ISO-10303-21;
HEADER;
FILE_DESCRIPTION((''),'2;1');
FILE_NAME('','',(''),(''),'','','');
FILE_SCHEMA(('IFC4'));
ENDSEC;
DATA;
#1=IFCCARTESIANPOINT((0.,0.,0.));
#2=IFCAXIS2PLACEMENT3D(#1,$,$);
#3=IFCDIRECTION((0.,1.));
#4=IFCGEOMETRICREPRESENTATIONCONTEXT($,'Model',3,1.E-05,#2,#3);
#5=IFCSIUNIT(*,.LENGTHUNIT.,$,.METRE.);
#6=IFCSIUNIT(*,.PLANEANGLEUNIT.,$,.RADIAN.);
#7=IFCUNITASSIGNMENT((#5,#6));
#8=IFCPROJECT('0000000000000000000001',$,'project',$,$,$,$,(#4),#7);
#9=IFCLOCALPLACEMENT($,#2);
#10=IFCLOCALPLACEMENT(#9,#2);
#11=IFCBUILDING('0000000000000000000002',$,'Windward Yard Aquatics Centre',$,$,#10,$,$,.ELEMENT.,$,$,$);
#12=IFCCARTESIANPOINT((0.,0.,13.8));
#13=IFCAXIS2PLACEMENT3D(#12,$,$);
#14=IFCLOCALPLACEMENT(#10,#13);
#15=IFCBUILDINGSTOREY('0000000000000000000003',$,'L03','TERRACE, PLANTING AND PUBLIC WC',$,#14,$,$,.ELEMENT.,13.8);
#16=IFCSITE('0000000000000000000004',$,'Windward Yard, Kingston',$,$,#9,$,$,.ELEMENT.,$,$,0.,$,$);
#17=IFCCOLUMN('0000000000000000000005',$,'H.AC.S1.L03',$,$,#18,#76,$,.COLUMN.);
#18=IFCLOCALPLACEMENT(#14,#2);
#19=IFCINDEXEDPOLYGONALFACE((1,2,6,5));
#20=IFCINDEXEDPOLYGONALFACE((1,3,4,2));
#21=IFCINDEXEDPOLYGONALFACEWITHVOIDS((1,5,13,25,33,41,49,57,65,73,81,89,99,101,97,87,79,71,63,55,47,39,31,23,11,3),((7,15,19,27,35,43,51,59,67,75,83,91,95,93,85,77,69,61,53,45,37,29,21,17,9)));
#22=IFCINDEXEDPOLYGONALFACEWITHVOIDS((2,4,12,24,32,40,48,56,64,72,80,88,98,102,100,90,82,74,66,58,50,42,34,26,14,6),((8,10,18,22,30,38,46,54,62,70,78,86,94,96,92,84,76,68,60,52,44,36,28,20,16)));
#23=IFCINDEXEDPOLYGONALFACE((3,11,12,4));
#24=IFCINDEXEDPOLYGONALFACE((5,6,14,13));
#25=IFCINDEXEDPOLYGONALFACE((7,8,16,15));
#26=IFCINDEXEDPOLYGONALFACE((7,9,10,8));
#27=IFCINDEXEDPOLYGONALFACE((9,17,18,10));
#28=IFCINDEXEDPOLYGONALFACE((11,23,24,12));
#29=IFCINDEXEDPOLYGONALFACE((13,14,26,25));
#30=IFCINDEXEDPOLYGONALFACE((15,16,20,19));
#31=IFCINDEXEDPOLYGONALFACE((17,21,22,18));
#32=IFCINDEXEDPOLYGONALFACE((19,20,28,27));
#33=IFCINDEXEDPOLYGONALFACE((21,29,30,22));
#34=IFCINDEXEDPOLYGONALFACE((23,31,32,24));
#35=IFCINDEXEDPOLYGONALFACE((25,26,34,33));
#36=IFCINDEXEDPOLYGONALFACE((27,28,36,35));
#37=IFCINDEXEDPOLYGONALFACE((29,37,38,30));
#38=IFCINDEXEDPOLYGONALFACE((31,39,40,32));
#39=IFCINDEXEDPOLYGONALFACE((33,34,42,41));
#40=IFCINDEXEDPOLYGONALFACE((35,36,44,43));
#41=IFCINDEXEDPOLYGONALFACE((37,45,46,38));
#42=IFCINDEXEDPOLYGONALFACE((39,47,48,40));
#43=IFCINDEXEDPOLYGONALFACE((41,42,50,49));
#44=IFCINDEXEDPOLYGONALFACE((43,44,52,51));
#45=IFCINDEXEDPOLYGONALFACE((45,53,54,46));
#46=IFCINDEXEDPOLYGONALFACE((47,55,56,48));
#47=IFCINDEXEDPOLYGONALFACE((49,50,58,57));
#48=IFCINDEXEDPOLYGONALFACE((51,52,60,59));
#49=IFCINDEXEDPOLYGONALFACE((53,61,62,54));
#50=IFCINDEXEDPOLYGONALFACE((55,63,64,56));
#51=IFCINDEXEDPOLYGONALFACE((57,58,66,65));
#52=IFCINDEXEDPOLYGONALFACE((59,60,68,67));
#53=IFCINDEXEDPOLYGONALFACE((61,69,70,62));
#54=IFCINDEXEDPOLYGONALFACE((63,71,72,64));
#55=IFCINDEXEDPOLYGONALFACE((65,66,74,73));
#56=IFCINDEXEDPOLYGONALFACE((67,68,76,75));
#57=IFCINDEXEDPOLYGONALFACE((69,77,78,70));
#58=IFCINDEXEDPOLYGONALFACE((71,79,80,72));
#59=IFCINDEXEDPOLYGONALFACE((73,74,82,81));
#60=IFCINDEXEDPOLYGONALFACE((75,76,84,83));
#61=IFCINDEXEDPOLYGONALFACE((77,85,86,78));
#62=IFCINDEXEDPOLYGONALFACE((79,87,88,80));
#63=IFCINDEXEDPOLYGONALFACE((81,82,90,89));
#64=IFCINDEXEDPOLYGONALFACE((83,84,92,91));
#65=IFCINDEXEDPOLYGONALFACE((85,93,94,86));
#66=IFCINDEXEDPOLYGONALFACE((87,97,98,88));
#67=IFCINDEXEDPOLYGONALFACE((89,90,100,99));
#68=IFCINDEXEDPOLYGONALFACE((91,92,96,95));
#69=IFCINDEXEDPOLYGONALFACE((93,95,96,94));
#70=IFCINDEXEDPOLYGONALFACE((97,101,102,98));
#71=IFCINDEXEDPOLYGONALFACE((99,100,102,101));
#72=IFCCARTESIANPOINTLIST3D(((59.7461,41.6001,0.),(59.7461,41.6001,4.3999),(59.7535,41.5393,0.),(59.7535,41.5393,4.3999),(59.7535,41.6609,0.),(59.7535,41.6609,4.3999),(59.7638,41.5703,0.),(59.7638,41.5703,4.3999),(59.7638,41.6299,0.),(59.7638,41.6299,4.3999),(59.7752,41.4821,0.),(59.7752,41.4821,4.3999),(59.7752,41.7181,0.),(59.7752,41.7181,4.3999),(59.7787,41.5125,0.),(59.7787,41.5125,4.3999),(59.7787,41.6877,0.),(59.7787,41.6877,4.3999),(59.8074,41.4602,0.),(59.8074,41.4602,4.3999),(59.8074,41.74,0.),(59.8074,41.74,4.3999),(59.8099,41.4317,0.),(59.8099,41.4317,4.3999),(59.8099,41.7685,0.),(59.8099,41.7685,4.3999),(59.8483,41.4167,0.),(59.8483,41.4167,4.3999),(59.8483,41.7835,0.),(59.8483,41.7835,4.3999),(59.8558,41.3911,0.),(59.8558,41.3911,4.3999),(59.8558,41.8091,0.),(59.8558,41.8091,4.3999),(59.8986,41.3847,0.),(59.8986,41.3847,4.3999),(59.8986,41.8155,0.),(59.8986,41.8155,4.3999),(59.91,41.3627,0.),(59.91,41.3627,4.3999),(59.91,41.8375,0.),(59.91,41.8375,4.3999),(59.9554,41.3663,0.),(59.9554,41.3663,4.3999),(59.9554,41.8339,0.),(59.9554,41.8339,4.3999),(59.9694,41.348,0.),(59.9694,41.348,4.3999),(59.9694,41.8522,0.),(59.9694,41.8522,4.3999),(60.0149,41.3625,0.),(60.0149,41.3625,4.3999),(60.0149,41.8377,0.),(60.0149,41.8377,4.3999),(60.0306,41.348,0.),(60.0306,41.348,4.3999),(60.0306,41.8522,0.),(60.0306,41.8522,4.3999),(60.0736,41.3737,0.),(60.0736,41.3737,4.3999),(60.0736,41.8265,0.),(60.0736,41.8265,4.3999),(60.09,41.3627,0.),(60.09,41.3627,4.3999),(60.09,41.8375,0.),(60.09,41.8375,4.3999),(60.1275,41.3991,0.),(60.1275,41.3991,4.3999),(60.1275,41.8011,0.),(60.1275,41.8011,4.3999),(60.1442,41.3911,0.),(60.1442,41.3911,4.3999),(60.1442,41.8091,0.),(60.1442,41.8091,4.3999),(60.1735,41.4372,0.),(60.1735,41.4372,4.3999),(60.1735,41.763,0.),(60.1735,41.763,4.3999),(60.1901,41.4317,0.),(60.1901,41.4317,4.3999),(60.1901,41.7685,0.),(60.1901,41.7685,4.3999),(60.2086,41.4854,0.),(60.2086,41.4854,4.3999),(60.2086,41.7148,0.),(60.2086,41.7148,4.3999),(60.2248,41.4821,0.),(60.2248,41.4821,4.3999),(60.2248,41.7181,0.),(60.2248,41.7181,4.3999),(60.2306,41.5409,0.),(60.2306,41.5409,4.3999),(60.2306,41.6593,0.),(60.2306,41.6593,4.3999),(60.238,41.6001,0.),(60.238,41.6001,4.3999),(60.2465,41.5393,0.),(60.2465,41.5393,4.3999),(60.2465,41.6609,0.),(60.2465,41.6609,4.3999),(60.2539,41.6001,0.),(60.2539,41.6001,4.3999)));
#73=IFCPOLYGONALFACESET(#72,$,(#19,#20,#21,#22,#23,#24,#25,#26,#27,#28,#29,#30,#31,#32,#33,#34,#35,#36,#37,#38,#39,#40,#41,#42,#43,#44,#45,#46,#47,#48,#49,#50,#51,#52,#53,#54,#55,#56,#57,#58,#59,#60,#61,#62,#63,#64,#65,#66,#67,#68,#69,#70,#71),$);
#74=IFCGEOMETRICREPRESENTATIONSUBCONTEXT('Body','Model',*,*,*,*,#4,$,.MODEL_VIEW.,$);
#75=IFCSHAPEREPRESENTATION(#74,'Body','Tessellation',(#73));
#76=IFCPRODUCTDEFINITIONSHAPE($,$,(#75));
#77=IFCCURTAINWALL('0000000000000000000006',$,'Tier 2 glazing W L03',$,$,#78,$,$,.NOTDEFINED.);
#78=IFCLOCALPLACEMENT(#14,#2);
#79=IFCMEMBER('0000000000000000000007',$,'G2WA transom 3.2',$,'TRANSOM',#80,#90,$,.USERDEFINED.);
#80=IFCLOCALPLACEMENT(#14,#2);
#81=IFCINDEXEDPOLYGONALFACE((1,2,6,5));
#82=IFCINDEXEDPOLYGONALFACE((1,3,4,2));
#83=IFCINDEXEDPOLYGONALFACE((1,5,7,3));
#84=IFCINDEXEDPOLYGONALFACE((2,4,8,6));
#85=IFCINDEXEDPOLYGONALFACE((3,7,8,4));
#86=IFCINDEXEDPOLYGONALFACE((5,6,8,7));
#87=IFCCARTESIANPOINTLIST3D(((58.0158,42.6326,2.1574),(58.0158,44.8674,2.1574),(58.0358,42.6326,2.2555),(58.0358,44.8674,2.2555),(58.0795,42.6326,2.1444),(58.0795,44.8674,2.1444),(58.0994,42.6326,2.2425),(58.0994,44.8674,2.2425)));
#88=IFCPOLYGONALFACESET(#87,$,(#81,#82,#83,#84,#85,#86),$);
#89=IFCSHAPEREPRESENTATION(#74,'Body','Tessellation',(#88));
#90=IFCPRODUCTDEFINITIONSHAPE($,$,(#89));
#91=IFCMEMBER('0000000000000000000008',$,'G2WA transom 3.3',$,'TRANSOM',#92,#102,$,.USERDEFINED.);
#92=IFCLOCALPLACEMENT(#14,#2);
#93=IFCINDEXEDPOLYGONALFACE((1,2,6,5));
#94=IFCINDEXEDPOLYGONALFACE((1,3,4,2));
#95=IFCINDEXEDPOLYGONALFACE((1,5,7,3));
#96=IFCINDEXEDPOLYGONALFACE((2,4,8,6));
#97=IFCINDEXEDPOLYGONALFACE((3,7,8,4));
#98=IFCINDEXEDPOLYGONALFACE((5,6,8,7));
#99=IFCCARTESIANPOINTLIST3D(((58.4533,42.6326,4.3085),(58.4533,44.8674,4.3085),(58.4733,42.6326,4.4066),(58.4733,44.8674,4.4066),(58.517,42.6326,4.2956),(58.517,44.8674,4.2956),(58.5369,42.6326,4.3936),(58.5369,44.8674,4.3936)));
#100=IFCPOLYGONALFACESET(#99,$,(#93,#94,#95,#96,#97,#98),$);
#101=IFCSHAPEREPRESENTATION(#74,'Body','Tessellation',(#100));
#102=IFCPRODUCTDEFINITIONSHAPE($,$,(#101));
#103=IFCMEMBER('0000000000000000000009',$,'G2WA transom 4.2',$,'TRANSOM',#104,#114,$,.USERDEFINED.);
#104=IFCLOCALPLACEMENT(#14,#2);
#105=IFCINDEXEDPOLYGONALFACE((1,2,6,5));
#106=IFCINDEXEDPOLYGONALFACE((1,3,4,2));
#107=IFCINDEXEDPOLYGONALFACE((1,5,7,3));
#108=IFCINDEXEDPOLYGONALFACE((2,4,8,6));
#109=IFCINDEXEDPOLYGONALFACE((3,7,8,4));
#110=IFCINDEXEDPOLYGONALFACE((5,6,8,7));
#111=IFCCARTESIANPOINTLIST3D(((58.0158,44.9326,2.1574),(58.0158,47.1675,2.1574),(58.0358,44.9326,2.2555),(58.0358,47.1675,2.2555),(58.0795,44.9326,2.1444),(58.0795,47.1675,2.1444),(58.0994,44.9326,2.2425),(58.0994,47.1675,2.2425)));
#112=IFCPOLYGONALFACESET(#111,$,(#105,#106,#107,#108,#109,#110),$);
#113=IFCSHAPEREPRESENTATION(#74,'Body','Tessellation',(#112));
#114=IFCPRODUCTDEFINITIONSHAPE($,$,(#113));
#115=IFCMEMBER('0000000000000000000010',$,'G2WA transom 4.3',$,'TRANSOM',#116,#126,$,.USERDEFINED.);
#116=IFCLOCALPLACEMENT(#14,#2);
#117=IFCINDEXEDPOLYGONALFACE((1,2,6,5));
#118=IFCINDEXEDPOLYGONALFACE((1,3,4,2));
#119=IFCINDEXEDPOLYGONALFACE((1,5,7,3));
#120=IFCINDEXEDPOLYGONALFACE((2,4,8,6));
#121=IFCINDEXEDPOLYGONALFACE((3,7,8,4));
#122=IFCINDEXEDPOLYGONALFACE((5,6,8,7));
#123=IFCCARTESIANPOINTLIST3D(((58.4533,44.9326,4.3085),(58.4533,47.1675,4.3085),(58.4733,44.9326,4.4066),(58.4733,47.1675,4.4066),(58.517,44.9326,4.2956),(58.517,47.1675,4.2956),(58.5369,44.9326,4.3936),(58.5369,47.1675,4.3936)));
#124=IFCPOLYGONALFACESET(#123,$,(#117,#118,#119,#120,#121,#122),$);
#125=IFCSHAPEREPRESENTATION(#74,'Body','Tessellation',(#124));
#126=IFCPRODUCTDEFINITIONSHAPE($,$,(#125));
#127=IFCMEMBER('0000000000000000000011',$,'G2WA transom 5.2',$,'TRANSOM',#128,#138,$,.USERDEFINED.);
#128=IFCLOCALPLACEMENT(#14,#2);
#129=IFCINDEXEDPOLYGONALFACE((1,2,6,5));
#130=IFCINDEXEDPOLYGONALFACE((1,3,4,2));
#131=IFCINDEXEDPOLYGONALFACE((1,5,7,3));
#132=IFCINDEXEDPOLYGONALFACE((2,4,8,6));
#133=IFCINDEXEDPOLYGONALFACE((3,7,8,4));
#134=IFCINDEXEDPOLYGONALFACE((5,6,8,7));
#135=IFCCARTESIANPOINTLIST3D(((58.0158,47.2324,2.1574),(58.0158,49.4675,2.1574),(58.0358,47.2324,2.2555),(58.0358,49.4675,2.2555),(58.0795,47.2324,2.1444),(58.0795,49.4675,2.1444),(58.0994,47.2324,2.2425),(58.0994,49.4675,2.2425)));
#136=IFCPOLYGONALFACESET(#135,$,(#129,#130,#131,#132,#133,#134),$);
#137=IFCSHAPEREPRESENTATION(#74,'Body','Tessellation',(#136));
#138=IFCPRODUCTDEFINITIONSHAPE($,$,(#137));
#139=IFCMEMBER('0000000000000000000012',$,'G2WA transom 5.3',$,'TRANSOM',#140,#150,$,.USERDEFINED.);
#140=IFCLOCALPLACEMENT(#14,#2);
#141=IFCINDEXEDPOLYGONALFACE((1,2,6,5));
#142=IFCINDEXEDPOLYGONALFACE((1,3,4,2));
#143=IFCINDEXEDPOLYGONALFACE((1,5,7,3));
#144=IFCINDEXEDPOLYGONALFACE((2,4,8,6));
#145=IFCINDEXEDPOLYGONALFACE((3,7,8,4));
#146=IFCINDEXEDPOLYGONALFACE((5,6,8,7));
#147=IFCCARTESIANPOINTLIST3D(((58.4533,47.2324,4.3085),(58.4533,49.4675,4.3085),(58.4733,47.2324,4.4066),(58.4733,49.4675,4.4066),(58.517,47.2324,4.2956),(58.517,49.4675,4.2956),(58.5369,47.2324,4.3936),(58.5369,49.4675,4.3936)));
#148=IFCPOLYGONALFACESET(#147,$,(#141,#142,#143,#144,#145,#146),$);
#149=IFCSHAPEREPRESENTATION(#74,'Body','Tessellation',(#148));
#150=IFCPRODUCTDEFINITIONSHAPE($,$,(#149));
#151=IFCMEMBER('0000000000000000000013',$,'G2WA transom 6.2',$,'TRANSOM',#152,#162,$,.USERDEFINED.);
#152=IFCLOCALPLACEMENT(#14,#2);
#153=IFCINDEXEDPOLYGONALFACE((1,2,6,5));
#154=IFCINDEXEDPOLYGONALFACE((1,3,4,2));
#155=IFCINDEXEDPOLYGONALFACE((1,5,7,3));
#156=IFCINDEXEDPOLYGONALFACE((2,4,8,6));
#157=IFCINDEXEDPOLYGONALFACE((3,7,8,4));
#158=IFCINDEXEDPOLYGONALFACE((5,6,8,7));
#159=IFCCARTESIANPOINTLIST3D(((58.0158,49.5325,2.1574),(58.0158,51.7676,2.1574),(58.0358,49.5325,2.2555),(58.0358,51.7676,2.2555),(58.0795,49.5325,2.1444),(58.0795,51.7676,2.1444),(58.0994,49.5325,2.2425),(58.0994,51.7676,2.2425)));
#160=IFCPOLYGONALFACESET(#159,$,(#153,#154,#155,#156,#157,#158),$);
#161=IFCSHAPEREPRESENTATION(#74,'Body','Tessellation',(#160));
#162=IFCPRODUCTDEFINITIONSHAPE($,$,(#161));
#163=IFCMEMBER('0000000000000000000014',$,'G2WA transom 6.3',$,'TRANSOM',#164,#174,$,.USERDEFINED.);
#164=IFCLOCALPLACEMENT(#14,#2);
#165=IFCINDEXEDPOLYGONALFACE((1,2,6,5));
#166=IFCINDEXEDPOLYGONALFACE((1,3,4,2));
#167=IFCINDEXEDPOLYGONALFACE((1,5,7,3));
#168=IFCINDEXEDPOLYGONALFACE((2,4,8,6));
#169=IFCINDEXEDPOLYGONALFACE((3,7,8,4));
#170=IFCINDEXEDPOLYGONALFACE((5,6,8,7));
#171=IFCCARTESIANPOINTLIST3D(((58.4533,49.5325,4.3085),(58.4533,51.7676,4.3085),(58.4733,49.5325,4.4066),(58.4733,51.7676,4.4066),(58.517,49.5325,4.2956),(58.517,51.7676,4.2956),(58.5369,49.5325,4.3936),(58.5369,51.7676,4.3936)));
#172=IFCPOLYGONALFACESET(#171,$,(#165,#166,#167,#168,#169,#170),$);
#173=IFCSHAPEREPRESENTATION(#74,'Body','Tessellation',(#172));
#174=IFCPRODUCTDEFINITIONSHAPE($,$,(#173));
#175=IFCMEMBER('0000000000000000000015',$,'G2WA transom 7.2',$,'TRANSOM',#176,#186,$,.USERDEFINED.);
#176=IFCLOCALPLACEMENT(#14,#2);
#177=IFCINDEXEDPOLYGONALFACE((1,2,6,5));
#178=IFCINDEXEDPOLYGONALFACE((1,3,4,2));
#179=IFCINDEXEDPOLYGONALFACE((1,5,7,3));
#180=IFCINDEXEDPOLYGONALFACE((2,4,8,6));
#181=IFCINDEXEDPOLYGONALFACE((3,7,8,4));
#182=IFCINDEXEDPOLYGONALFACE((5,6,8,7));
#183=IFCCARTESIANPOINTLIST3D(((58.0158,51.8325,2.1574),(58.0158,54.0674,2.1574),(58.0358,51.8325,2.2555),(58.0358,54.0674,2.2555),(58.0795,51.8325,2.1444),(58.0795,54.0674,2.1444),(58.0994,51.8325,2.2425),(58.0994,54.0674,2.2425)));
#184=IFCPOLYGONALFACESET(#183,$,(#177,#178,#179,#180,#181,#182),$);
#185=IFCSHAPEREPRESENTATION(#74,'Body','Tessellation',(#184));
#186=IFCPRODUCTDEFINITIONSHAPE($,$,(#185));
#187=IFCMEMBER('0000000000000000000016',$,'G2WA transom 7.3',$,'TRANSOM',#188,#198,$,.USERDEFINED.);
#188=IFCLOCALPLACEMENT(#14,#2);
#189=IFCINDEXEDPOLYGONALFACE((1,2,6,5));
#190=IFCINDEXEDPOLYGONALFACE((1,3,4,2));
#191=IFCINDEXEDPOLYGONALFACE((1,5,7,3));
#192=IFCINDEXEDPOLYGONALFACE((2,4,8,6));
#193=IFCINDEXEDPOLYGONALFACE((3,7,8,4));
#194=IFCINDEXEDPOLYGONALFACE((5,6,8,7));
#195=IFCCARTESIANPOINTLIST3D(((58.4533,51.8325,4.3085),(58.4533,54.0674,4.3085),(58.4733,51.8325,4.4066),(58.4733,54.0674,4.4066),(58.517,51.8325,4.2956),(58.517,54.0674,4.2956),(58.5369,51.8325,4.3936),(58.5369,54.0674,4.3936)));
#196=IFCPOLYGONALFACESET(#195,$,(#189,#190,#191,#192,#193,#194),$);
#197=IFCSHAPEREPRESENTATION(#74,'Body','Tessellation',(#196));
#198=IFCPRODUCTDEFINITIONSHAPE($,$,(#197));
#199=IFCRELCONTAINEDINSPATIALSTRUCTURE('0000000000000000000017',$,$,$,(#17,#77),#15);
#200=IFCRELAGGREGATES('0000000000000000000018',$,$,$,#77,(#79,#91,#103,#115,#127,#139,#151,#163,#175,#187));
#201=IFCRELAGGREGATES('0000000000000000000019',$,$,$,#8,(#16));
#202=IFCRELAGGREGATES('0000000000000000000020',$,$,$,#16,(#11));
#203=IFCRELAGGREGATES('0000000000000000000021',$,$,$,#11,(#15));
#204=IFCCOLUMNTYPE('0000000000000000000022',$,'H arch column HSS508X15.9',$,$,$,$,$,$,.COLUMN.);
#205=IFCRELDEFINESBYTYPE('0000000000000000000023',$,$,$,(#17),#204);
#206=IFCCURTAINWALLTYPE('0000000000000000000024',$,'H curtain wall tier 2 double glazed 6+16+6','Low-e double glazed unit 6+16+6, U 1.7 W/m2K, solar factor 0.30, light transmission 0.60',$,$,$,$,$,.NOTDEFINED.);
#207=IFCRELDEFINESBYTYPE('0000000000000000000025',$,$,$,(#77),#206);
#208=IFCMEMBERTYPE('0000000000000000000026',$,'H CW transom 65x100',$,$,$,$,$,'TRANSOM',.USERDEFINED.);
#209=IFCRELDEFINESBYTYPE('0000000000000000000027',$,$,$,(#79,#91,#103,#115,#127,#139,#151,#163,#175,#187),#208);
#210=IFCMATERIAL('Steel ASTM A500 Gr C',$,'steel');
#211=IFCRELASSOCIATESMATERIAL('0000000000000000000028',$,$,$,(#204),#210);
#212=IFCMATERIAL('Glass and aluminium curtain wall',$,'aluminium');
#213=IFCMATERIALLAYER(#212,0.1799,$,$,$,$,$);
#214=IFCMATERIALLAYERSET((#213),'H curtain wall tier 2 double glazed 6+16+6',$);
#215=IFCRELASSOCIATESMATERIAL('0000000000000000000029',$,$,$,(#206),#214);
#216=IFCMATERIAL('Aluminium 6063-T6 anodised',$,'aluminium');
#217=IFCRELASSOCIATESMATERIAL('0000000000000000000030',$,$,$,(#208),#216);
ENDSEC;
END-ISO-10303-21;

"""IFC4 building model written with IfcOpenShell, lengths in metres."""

from ifc_helpers import new_model, si_unit, direction, frame, origin, origin_2d, place, context, subcontext, project, spatial, rectangle, hollow_circle, extrude, material, layer, layer_set, material_profile, profile_set, type_object, element, aggregate, save


model = new_model("IFC4")

# Units and contexts
model_context = context("Model", 3, precision=1e-05, world=origin(), true_north=direction((0.0, 1.0)))
body_context = subcontext(model_context, "Body", "Model", "MODEL_VIEW")
ifc_project = project(units=[si_unit("LENGTHUNIT", "METRE"), si_unit("PLANEANGLEUNIT", "RADIAN")], contexts=[model_context])

# Site, building, storey
site_placement = place(None, origin())
site = spatial("IfcSite", under=ifc_project, at=site_placement, Name="Windward Yard, Kingston", CompositionType="ELEMENT", RefElevation=0.0)
building_placement = place(site_placement, origin())
building = spatial("IfcBuilding", under=site, at=building_placement, Name="Windward Yard Aquatics Centre", CompositionType="ELEMENT")
storey_placement = place(building_placement, frame((0.0, 0.0, 13.8)))
storey = spatial("IfcBuildingStorey", under=building, at=storey_placement, Name="L03", Description="TERRACE, PLANTING AND PUBLIC WC", CompositionType="ELEMENT", Elevation=13.8)

# Column
ifc_material_1 = material(Name="Steel ASTM A500 Gr C", Category="steel")
ifc_material_profile_1 = material_profile(ifc_material_1, hollow_circle(Radius=0.2539, WallThickness=0.0159, at=origin_2d()), Name="HSS508X15.9")
ifc_profile_set_1 = profile_set([ifc_material_profile_1], Name="Steel ASTM A500 Gr C")
column_type = type_object("IfcColumnType", Name="H arch column HSS508X15.9", PredefinedType="COLUMN", material=ifc_profile_set_1)
column_placement = place(storey_placement, frame((60.0, 41.6001, 0.0), z_axis=(0.0, 0.0, 1.0), x_axis=(1.0, 0.0, 0.0)))
element("IfcColumn", 1, at=column_placement, inside=storey, type_object=column_type, Name="H.AC.S1.L03", PredefinedType="COLUMN", context=body_context, shape_type="SweptSolid", body=[
    extrude(hollow_circle(Radius=0.2539, WallThickness=0.0159, at=origin_2d()), origin(), (0.0, 0.0, 1.0), 4.3999),
])

# Curtain wall, members
ifc_material_2 = material(Name="Glass and aluminium curtain wall", Category="aluminium")
ifc_layer_1 = layer(ifc_material_2, 0.1799)
ifc_layer_set_1 = layer_set([ifc_layer_1], Name="H curtain wall tier 2 double glazed 6+16+6")
curtain_wall_type = type_object("IfcCurtainWallType", Name="H curtain wall tier 2 double glazed 6+16+6", Description="Low-e double glazed unit 6+16+6, U 1.7 W/m2K, solar factor 0.30, light transmission 0.60", PredefinedType="NOTDEFINED", material=ifc_layer_set_1)
curtain_wall_placement = place(storey_placement, origin())
curtain_wall = element("IfcCurtainWall", 2, at=curtain_wall_placement, inside=storey, type_object=curtain_wall_type, Name="Tier 2 glazing W L03", PredefinedType="NOTDEFINED")
ifc_material_3 = material(Name="Aluminium 6063-T6 anodised", Category="aluminium")
ifc_material_profile_2 = material_profile(ifc_material_3, rectangle(XDim=0.0649, YDim=0.1001, at=origin_2d()), Name="H CW transom 65x100")
ifc_profile_set_2 = profile_set([ifc_material_profile_2], Name="Aluminium 6063-T6 anodised")
member_type_1 = type_object("IfcMemberType", Name="H CW transom 65x100", ElementType="TRANSOM", PredefinedType="USERDEFINED", material=ifc_profile_set_2)
member_1_placement = place(storey_placement, frame((58.0576, 42.6326, 2.2), z_axis=(0.0, 1.0, 0.0), x_axis=(-0.979925, 0.0, 0.199368)))
member_1 = element("IfcMember", 3, at=member_1_placement, type_object=member_type_1, Name="G2WA transom 3.2", ObjectType="TRANSOM", PredefinedType="USERDEFINED", context=body_context, shape_type="SweptSolid", body=[
    extrude(rectangle(XDim=0.0649, YDim=0.1001, at=origin_2d()), origin(), (0.0, 0.0, 1.0), 2.2349),
])
member_2_placement = place(storey_placement, frame((58.4951, 42.6326, 4.3511), z_axis=(0.0, 1.0, 0.0), x_axis=(-0.979925, 0.0, 0.199368)))
member_2 = element("IfcMember", 4, at=member_2_placement, type_object=member_type_1, Name="G2WA transom 3.3", ObjectType="TRANSOM", PredefinedType="USERDEFINED", context=body_context, shape_type="SweptSolid", body=[
    extrude(rectangle(XDim=0.0649, YDim=0.1001, at=origin_2d()), origin(), (0.0, 0.0, 1.0), 2.2349),
])
member_3_placement = place(storey_placement, frame((58.0576, 44.9326, 2.2), z_axis=(0.0, 1.0, 0.0), x_axis=(-0.979925, 0.0, 0.199368)))
member_3 = element("IfcMember", 5, at=member_3_placement, type_object=member_type_1, Name="G2WA transom 4.2", ObjectType="TRANSOM", PredefinedType="USERDEFINED", context=body_context, shape_type="SweptSolid", body=[
    extrude(rectangle(XDim=0.0649, YDim=0.1001, at=origin_2d()), origin(), (0.0, 0.0, 1.0), 2.2349),
])
member_4_placement = place(storey_placement, frame((58.4951, 44.9326, 4.3511), z_axis=(0.0, 1.0, 0.0), x_axis=(-0.979925, 0.0, 0.199368)))
member_4 = element("IfcMember", 6, at=member_4_placement, type_object=member_type_1, Name="G2WA transom 4.3", ObjectType="TRANSOM", PredefinedType="USERDEFINED", context=body_context, shape_type="SweptSolid", body=[
    extrude(rectangle(XDim=0.0649, YDim=0.1001, at=origin_2d()), origin(), (0.0, 0.0, 1.0), 2.2349),
])
member_5_placement = place(storey_placement, frame((58.0576, 47.2324, 2.2), z_axis=(0.0, 1.0, 0.0), x_axis=(-0.979925, 0.0, 0.199368)))
member_5 = element("IfcMember", 7, at=member_5_placement, type_object=member_type_1, Name="G2WA transom 5.2", ObjectType="TRANSOM", PredefinedType="USERDEFINED", context=body_context, shape_type="SweptSolid", body=[
    extrude(rectangle(XDim=0.0649, YDim=0.1001, at=origin_2d()), origin(), (0.0, 0.0, 1.0), 2.2351),
])
member_6_placement = place(storey_placement, frame((58.4951, 47.2324, 4.3511), z_axis=(0.0, 1.0, 0.0), x_axis=(-0.979925, 0.0, 0.199368)))
member_6 = element("IfcMember", 8, at=member_6_placement, type_object=member_type_1, Name="G2WA transom 5.3", ObjectType="TRANSOM", PredefinedType="USERDEFINED", context=body_context, shape_type="SweptSolid", body=[
    extrude(rectangle(XDim=0.0649, YDim=0.1001, at=origin_2d()), origin(), (0.0, 0.0, 1.0), 2.2351),
])
member_7_placement = place(storey_placement, frame((58.0576, 49.5325, 2.2), z_axis=(0.0, 1.0, 0.0), x_axis=(-0.979925, 0.0, 0.199368)))
member_7 = element("IfcMember", 9, at=member_7_placement, type_object=member_type_1, Name="G2WA transom 6.2", ObjectType="TRANSOM", PredefinedType="USERDEFINED", context=body_context, shape_type="SweptSolid", body=[
    extrude(rectangle(XDim=0.0649, YDim=0.1001, at=origin_2d()), origin(), (0.0, 0.0, 1.0), 2.2351),
])
member_8_placement = place(storey_placement, frame((58.4951, 49.5325, 4.3511), z_axis=(0.0, 1.0, 0.0), x_axis=(-0.979925, 0.0, 0.199368)))
member_8 = element("IfcMember", 10, at=member_8_placement, type_object=member_type_1, Name="G2WA transom 6.3", ObjectType="TRANSOM", PredefinedType="USERDEFINED", context=body_context, shape_type="SweptSolid", body=[
    extrude(rectangle(XDim=0.0649, YDim=0.1001, at=origin_2d()), origin(), (0.0, 0.0, 1.0), 2.2351),
])
member_9_placement = place(storey_placement, frame((58.0576, 51.8325, 2.2), z_axis=(0.0, 1.0, 0.0), x_axis=(-0.979925, 0.0, 0.199368)))
member_9 = element("IfcMember", 11, at=member_9_placement, type_object=member_type_1, Name="G2WA transom 7.2", ObjectType="TRANSOM", PredefinedType="USERDEFINED", context=body_context, shape_type="SweptSolid", body=[
    extrude(rectangle(XDim=0.0649, YDim=0.1001, at=origin_2d()), origin(), (0.0, 0.0, 1.0), 2.2349),
])
member_10_placement = place(storey_placement, frame((58.4951, 51.8325, 4.3511), z_axis=(0.0, 1.0, 0.0), x_axis=(-0.979925, 0.0, 0.199368)))
member_10 = element("IfcMember", 12, at=member_10_placement, type_object=member_type_1, Name="G2WA transom 7.3", ObjectType="TRANSOM", PredefinedType="USERDEFINED", context=body_context, shape_type="SweptSolid", body=[
    extrude(rectangle(XDim=0.0649, YDim=0.1001, at=origin_2d()), origin(), (0.0, 0.0, 1.0), 2.2349),
])
aggregate(curtain_wall, [member_1, member_2, member_3, member_4, member_5, member_6, member_7, member_8, member_9, member_10])

save(model, "model.ifc")
